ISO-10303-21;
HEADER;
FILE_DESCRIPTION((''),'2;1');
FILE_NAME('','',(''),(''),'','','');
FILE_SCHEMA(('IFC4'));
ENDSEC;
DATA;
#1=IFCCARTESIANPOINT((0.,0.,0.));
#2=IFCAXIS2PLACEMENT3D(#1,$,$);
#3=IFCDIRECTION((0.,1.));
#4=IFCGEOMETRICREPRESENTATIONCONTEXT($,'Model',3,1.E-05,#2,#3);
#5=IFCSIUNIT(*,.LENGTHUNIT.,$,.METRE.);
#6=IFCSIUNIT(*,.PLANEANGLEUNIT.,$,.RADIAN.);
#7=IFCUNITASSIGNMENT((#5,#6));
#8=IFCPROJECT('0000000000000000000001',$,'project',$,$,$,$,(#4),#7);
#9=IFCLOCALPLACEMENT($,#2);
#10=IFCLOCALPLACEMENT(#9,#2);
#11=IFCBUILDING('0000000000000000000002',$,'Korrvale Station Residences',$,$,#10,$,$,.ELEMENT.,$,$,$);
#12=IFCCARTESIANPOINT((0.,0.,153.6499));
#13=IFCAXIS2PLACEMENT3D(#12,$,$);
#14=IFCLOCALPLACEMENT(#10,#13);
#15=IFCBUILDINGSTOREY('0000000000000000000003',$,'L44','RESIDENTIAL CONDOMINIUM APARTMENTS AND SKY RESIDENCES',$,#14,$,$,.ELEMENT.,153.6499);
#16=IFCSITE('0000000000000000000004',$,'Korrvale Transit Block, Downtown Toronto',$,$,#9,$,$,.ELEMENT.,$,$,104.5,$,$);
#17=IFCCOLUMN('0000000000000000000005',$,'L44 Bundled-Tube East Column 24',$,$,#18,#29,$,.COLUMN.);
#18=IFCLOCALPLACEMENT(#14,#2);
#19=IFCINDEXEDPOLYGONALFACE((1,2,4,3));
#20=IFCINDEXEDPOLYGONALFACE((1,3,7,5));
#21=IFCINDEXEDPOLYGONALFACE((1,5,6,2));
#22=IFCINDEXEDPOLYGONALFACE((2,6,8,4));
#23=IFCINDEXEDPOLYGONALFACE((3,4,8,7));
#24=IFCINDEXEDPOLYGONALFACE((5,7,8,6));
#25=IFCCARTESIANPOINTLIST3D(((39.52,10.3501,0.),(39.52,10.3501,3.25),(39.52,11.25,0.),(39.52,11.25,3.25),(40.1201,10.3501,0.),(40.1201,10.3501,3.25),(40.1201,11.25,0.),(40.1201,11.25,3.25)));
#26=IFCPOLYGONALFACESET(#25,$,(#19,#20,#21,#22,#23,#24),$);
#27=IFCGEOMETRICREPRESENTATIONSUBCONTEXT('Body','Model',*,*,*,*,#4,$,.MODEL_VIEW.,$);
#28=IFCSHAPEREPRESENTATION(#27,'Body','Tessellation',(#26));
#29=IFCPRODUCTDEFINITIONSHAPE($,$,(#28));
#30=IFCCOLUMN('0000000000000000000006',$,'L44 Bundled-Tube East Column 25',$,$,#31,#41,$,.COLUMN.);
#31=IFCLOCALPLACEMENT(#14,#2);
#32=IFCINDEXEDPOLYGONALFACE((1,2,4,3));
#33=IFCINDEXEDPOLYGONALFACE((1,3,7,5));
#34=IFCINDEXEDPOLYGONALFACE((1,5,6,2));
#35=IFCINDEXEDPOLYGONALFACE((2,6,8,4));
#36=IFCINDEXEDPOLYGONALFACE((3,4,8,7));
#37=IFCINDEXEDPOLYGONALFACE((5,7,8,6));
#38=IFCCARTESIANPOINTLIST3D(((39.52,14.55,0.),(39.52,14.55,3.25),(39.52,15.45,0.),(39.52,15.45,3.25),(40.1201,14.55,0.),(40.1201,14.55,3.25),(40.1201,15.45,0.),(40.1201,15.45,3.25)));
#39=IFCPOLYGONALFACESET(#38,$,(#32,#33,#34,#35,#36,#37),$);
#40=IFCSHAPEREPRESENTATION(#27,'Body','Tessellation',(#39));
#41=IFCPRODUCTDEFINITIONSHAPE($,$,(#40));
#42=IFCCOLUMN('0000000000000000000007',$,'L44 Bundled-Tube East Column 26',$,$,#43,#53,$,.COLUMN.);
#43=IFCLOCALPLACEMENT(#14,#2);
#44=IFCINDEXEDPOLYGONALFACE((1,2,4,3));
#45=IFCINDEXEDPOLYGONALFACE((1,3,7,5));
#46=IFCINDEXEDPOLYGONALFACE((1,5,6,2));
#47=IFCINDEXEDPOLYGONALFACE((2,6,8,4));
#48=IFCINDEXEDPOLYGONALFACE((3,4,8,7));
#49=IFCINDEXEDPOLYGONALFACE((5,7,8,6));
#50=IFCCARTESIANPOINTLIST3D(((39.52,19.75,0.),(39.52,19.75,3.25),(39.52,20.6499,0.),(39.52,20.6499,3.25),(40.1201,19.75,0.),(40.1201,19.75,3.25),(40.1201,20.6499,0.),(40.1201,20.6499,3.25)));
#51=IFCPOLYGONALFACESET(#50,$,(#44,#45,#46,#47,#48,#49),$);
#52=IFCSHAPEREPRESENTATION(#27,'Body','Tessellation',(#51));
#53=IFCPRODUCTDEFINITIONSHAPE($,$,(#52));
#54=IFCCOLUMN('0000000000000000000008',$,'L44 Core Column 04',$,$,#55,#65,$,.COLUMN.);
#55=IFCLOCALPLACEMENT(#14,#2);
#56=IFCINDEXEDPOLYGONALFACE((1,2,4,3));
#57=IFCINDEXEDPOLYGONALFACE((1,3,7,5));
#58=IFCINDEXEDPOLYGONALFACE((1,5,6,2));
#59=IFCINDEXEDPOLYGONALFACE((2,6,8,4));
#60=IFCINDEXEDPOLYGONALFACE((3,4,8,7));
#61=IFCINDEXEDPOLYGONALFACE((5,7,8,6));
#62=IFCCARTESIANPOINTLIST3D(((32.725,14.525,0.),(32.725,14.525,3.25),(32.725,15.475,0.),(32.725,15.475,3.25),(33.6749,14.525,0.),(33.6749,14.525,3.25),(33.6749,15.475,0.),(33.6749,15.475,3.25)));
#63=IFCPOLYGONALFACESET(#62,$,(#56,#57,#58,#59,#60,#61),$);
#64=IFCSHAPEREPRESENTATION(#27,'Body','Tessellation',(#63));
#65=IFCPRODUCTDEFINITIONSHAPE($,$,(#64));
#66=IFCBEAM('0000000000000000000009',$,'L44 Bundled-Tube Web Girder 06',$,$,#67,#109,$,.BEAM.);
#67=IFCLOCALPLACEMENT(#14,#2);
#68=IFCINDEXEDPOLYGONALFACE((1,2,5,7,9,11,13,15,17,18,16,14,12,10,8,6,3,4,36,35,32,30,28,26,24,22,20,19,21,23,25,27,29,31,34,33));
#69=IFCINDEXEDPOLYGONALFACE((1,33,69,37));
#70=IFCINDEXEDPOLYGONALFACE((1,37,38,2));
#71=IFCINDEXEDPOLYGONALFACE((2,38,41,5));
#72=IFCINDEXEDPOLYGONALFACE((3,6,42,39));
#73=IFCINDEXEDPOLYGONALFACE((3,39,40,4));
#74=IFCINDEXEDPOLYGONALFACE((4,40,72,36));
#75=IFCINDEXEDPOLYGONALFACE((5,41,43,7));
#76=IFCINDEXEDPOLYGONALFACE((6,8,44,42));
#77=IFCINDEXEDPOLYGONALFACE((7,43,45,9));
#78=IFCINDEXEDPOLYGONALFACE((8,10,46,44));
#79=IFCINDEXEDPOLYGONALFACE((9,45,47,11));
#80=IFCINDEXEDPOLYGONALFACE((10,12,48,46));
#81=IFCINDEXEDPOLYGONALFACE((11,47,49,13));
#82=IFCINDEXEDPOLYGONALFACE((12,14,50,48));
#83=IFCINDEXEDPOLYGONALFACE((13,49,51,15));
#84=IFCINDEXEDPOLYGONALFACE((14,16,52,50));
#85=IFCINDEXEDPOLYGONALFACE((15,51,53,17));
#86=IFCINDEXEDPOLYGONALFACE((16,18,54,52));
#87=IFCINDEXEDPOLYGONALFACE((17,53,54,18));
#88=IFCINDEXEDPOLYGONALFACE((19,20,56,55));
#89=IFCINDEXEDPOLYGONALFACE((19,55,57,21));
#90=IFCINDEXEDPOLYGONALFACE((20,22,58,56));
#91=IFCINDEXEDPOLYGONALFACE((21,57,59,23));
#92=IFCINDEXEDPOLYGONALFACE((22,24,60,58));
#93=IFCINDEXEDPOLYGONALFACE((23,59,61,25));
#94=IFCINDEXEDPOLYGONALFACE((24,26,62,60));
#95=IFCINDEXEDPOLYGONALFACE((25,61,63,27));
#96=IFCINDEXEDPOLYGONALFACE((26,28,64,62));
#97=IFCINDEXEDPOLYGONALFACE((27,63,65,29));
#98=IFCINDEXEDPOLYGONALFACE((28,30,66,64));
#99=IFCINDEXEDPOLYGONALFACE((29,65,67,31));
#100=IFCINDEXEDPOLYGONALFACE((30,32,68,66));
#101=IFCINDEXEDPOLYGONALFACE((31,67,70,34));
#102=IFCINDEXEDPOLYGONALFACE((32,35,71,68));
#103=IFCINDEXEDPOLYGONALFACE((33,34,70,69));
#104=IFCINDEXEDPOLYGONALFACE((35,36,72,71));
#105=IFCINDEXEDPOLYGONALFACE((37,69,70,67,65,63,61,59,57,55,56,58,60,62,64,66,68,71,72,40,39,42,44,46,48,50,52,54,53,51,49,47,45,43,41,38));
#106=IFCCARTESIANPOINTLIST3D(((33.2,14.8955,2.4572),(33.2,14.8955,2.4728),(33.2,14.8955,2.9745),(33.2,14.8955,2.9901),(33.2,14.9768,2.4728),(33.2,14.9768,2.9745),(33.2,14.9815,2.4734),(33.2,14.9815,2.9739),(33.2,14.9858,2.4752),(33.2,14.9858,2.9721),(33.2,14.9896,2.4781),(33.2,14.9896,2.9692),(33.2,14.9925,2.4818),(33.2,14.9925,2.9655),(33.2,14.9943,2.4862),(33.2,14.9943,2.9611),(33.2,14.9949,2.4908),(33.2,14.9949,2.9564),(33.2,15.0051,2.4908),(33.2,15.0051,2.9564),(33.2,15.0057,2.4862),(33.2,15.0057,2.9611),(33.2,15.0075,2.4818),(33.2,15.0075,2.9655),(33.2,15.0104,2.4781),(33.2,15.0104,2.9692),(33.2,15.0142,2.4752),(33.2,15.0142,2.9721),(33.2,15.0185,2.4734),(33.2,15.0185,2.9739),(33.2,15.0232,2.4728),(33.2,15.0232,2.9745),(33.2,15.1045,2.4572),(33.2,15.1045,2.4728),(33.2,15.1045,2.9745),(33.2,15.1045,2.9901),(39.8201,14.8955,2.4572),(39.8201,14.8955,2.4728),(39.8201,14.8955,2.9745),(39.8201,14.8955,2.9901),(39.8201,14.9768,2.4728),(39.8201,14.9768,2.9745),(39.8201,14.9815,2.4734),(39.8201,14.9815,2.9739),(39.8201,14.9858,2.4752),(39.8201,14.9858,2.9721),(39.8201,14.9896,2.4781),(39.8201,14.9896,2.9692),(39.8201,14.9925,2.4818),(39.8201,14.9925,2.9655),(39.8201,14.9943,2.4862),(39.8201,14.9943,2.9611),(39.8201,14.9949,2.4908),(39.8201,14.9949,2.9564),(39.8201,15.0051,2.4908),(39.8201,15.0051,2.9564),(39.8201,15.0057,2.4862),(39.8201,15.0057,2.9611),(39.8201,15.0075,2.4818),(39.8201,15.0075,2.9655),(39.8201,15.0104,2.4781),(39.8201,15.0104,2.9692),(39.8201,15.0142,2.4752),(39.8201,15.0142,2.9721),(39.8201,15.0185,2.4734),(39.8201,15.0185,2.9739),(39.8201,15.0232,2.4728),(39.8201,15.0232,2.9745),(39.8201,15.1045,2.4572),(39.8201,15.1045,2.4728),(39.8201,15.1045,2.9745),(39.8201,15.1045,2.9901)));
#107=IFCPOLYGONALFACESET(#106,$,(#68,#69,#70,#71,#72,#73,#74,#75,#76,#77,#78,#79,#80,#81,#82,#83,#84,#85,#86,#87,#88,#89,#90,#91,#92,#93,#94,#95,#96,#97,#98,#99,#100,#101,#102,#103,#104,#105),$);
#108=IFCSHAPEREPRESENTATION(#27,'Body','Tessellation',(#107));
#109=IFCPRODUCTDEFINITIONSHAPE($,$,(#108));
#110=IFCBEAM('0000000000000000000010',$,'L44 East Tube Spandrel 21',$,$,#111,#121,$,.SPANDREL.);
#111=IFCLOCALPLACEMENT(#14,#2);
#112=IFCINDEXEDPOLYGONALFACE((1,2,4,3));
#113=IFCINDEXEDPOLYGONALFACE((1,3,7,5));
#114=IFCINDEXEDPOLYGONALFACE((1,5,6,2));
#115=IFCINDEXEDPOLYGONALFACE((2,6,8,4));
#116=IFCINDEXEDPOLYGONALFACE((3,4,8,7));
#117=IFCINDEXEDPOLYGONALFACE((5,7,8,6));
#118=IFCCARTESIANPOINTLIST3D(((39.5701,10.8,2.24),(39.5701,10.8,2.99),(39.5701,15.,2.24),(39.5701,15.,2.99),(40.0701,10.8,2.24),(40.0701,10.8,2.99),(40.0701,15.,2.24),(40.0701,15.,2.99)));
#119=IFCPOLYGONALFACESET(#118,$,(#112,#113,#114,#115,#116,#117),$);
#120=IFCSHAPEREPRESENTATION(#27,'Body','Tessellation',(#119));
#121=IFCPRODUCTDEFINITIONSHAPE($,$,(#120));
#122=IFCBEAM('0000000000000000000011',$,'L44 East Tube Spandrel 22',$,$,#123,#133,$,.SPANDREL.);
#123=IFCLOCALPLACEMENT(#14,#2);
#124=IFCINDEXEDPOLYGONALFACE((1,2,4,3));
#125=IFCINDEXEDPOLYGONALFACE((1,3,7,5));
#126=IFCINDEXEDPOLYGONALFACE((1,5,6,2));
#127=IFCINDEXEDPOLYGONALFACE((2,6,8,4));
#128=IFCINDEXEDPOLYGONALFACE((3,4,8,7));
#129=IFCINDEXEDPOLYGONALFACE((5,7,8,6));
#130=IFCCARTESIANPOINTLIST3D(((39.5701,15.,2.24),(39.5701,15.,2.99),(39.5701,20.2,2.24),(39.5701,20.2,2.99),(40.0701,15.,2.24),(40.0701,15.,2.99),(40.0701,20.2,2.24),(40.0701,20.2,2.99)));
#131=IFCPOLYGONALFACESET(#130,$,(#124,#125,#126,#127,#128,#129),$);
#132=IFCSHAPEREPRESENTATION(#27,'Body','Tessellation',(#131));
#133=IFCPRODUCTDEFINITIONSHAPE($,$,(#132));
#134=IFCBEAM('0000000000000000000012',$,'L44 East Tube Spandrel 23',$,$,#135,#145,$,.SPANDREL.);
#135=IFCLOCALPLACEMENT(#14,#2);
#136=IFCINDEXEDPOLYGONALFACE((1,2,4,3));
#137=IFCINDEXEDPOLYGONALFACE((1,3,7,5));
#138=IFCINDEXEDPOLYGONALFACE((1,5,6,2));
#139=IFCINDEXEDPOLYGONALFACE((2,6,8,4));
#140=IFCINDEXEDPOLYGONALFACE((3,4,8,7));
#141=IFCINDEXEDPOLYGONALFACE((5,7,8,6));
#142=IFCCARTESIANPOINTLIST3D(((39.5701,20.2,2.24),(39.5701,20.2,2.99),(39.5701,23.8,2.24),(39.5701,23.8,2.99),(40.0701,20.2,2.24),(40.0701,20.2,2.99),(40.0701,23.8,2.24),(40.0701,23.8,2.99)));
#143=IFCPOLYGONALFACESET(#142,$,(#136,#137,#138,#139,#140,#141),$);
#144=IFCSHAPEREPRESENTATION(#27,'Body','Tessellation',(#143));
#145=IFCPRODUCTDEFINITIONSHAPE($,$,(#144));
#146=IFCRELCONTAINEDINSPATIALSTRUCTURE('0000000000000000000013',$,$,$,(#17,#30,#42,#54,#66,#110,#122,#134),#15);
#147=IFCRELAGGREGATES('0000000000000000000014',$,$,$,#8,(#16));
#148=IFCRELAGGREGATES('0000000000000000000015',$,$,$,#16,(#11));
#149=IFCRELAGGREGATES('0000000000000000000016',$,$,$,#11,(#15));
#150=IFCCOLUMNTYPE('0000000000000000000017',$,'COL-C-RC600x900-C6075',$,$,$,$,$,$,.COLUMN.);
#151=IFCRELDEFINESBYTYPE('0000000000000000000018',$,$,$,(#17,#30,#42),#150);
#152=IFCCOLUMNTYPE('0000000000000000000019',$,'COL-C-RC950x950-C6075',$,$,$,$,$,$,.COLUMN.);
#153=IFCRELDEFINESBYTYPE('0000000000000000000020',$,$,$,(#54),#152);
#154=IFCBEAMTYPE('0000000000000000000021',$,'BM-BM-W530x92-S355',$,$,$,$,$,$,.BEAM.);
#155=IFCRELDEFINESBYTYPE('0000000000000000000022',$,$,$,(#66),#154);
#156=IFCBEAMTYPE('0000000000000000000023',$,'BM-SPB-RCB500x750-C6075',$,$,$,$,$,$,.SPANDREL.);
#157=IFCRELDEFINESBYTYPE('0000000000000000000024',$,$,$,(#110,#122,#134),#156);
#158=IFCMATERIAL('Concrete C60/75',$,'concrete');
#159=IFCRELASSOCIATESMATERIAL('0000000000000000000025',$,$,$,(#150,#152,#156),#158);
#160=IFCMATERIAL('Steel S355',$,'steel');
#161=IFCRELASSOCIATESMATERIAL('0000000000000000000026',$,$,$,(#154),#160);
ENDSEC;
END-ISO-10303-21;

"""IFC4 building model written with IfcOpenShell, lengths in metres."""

from ifc_helpers import new_model, si_unit, direction, frame, origin, origin_2d, place, context, subcontext, project, spatial, rectangle, i_section, extrude, material, material_profile, profile_set, type_object, element, save


model = new_model("IFC4")

# Units and contexts
model_context = context("Model", 3, precision=1e-05, world=origin(), true_north=direction((0.0, 1.0)))
body_context = subcontext(model_context, "Body", "Model", "MODEL_VIEW")
ifc_project = project(units=[si_unit("LENGTHUNIT", "METRE"), si_unit("PLANEANGLEUNIT", "RADIAN")], contexts=[model_context])

# Site, building, storey
site_placement = place(None, origin())
site = spatial("IfcSite", under=ifc_project, at=site_placement, Name="Korrvale Transit Block, Downtown Toronto", CompositionType="ELEMENT", RefElevation=104.5)
building_placement = place(site_placement, origin())
building = spatial("IfcBuilding", under=site, at=building_placement, Name="Korrvale Station Residences", CompositionType="ELEMENT")
storey_placement = place(building_placement, frame((0.0, 0.0, 153.6499)))
storey = spatial("IfcBuildingStorey", under=building, at=storey_placement, Name="L44", Description="RESIDENTIAL CONDOMINIUM APARTMENTS AND SKY RESIDENCES", CompositionType="ELEMENT", Elevation=153.6499)

# Columns
ifc_material_1 = material(Name="Concrete C60/75", Category="concrete")
ifc_material_profile_1 = material_profile(ifc_material_1, rectangle(XDim=0.6001, YDim=0.8999, at=origin_2d()), Name="RC600x900")
ifc_profile_set_1 = profile_set([ifc_material_profile_1], Name="Concrete C60/75")
column_type_1 = type_object("IfcColumnType", Name="COL-C-RC600x900-C6075", PredefinedType="COLUMN", material=ifc_profile_set_1)
for number, where, z_axis, x_axis, name in (
    (1, (39.8201, 10.8, 0.0), (0.0, 0.0, 1.0), (1.0, 0.0, 0.0), "L44 Bundled-Tube East Column 24"),
    (2, (39.8201, 15.0, 0.0), (0.0, 0.0, 1.0), (1.0, 0.0, 0.0), "L44 Bundled-Tube East Column 25"),
    (3, (39.8201, 20.2, 0.0), (0.0, 0.0, 1.0), (1.0, 0.0, 0.0), "L44 Bundled-Tube East Column 26"),
):
    element("IfcColumn", number, at=place(storey_placement, frame(where, z_axis=z_axis, x_axis=x_axis)), inside=storey, type_object=column_type_1, Name=name, PredefinedType="COLUMN", context=body_context, shape_type="SweptSolid", body=[
        extrude(rectangle(XDim=0.6001, YDim=0.8999, at=origin_2d()), origin(), (0.0, 0.0, 1.0), 3.25),
    ])
ifc_material_profile_2 = material_profile(ifc_material_1, rectangle(XDim=0.95, YDim=0.95, at=origin_2d()), Name="RC950x950")
ifc_profile_set_2 = profile_set([ifc_material_profile_2], Name="Concrete C60/75")
column_type_2 = type_object("IfcColumnType", Name="COL-C-RC950x950-C6075", PredefinedType="COLUMN", material=ifc_profile_set_2)
column_placement = place(storey_placement, frame((33.2, 15.0, 0.0), z_axis=(0.0, 0.0, 1.0), x_axis=(1.0, 0.0, 0.0)))
element("IfcColumn", 4, at=column_placement, inside=storey, type_object=column_type_2, Name="L44 Core Column 04", PredefinedType="COLUMN", context=body_context, shape_type="SweptSolid", body=[
    extrude(rectangle(XDim=0.95, YDim=0.95, at=origin_2d()), origin(), (0.0, 0.0, 1.0), 3.25),
])

# Beams
ifc_material_2 = material(Name="Steel S355", Category="steel")
ifc_material_profile_3 = material_profile(ifc_material_2, i_section(OverallWidth=0.209, OverallDepth=0.533, WebThickness=0.0103, FlangeThickness=0.0156, FilletRadius=0.0181, at=origin_2d()), Name="W530x92")
ifc_profile_set_3 = profile_set([ifc_material_profile_3], Name="Steel S355")
beam_type_1 = type_object("IfcBeamType", Name="BM-BM-W530x92-S355", PredefinedType="BEAM", material=ifc_profile_set_3)
beam_1_placement = place(storey_placement, frame((33.2, 15.0, 2.7236), z_axis=(1.0, 0.0, 0.0), x_axis=(0.0, 1.0, 0.0)))
element("IfcBeam", 5, at=beam_1_placement, inside=storey, type_object=beam_type_1, Name="L44 Bundled-Tube Web Girder 06", PredefinedType="BEAM", context=body_context, shape_type="SweptSolid", body=[
    extrude(i_section(OverallWidth=0.209, OverallDepth=0.533, WebThickness=0.0103, FlangeThickness=0.0156, FilletRadius=0.0181, at=origin_2d()), origin(), (0.0, 0.0, 1.0), 6.6201),
])
ifc_material_profile_4 = material_profile(ifc_material_1, rectangle(XDim=0.5, YDim=0.75, at=origin_2d()), Name="RCB500x750")
ifc_profile_set_4 = profile_set([ifc_material_profile_4], Name="Concrete C60/75")
beam_type_2 = type_object("IfcBeamType", Name="BM-SPB-RCB500x750-C6075", PredefinedType="SPANDREL", material=ifc_profile_set_4)
beam_2_placement = place(storey_placement, frame((39.8201, 10.8, 2.615), z_axis=(0.0, 1.0, 0.0), x_axis=(-1.0, 0.0, 0.0)))
element("IfcBeam", 6, at=beam_2_placement, inside=storey, type_object=beam_type_2, Name="L44 East Tube Spandrel 21", PredefinedType="SPANDREL", context=body_context, shape_type="SweptSolid", body=[
    extrude(rectangle(XDim=0.5, YDim=0.75, at=origin_2d()), origin(), (0.0, 0.0, 1.0), 4.2),
])
beam_3_placement = place(storey_placement, frame((39.8201, 15.0, 2.615), z_axis=(0.0, 1.0, 0.0), x_axis=(-1.0, 0.0, 0.0)))
element("IfcBeam", 7, at=beam_3_placement, inside=storey, type_object=beam_type_2, Name="L44 East Tube Spandrel 22", PredefinedType="SPANDREL", context=body_context, shape_type="SweptSolid", body=[
    extrude(rectangle(XDim=0.5, YDim=0.75, at=origin_2d()), origin(), (0.0, 0.0, 1.0), 5.2),
])
beam_4_placement = place(storey_placement, frame((39.8201, 20.2, 2.615), z_axis=(0.0, 1.0, 0.0), x_axis=(-1.0, 0.0, 0.0)))
element("IfcBeam", 8, at=beam_4_placement, inside=storey, type_object=beam_type_2, Name="L44 East Tube Spandrel 23", PredefinedType="SPANDREL", context=body_context, shape_type="SweptSolid", body=[
    extrude(rectangle(XDim=0.5, YDim=0.75, at=origin_2d()), origin(), (0.0, 0.0, 1.0), 3.6001),
])

save(model, "model.ifc")
